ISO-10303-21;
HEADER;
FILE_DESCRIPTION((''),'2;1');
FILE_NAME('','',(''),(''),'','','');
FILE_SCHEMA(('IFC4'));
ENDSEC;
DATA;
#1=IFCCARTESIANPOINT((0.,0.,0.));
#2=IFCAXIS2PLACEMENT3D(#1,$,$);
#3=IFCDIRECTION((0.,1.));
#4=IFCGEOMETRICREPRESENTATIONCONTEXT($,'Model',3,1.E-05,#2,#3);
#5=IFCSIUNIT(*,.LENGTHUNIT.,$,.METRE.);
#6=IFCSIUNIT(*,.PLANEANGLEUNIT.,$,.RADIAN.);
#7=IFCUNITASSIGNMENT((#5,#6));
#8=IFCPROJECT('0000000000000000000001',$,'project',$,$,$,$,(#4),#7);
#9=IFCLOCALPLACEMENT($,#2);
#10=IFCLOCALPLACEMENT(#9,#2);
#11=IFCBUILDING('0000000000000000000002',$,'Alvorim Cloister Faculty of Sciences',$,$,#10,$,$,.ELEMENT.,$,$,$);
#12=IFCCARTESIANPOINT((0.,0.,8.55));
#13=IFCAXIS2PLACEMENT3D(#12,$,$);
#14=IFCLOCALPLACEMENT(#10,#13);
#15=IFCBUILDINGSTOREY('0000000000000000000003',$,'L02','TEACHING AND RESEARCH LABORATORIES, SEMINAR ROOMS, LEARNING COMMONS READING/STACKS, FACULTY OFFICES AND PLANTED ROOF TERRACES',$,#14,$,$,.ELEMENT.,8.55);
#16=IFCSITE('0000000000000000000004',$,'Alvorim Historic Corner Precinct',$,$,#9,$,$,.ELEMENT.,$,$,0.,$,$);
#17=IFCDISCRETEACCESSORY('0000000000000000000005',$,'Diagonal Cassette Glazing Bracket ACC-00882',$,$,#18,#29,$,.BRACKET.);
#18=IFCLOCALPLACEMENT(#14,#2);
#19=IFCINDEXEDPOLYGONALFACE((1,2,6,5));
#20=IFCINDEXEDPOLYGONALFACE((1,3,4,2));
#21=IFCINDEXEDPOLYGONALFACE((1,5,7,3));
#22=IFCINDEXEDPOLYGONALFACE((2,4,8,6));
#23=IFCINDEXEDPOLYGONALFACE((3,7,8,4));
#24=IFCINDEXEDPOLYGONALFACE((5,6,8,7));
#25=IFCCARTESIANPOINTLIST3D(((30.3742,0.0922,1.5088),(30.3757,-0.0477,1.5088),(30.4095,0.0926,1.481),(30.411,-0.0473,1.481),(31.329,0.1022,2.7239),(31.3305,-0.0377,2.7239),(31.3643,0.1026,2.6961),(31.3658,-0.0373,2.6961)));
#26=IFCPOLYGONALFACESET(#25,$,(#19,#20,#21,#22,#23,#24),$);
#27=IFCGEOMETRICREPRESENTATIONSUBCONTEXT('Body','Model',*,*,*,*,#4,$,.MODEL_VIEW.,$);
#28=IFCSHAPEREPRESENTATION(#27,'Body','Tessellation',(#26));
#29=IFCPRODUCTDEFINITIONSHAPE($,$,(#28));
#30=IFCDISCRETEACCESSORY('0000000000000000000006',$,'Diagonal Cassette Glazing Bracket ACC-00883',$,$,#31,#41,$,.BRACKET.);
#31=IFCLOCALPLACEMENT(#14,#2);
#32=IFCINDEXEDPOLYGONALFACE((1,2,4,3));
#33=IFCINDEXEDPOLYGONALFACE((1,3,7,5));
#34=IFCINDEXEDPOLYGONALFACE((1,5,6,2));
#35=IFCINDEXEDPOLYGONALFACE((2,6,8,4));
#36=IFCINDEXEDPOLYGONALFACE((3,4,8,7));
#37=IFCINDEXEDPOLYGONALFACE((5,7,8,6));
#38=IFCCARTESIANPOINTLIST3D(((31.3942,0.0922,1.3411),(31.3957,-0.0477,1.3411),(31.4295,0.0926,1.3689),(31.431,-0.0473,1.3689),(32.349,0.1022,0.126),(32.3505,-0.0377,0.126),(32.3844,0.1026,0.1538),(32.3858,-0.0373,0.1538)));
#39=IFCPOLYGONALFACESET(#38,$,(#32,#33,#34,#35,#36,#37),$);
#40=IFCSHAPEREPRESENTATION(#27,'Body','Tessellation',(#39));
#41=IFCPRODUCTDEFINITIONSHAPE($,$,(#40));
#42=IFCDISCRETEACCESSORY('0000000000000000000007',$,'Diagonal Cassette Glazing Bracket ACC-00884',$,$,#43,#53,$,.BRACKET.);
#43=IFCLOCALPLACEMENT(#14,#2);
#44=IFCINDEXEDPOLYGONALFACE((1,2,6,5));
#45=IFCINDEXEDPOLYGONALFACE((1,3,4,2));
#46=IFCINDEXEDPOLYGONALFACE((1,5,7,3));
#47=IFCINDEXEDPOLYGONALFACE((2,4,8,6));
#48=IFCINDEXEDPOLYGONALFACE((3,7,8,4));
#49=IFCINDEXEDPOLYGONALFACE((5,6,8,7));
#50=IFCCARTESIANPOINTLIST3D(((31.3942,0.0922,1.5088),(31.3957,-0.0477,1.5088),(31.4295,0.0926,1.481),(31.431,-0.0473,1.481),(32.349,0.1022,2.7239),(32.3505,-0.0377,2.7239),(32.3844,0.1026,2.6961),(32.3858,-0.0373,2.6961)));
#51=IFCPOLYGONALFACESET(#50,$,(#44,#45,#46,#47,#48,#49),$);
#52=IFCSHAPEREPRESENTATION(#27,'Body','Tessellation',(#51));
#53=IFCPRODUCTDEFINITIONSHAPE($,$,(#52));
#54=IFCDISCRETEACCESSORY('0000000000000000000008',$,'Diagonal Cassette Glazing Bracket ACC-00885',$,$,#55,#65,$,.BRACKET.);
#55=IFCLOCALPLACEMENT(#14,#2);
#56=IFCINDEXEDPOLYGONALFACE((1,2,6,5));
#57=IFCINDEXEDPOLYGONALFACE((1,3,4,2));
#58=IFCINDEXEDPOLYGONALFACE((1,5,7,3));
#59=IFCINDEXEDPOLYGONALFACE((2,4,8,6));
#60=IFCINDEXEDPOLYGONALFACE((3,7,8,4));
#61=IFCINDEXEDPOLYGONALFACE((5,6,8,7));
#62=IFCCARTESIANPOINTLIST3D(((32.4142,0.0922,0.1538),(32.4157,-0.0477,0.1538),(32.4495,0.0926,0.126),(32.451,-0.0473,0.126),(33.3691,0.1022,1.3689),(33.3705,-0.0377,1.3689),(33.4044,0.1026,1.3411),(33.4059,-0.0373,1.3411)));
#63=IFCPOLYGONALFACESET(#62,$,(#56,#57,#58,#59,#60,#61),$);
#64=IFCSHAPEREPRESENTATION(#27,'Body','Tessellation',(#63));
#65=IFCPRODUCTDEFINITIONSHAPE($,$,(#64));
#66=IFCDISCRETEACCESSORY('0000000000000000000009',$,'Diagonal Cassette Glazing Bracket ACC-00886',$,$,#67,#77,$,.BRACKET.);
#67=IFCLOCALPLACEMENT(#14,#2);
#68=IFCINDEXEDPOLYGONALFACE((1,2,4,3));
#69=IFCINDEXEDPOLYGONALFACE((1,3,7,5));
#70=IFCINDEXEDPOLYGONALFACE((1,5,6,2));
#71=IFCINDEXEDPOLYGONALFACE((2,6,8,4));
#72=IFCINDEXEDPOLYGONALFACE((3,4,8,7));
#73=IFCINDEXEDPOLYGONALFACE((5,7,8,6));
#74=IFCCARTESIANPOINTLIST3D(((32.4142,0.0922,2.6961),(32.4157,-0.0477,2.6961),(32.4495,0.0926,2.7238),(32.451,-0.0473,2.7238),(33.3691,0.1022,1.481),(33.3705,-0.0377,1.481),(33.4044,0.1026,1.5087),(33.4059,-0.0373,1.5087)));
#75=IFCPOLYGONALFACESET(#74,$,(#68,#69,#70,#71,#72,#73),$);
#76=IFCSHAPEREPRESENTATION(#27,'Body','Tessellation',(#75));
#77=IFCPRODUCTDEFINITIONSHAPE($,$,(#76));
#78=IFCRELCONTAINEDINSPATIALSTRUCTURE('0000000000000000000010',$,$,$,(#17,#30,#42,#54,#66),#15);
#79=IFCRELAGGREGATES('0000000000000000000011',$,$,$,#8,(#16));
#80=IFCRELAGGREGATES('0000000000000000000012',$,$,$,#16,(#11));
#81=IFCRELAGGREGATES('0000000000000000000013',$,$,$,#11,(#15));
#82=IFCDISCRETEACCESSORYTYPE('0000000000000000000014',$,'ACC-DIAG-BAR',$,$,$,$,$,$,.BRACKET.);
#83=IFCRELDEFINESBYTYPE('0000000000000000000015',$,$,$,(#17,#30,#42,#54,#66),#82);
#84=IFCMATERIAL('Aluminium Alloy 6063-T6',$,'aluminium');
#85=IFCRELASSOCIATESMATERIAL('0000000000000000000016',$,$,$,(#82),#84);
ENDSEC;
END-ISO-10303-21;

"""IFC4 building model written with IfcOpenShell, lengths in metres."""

from ifc_helpers import new_model, si_unit, direction, frame, origin, origin_2d, place, context, subcontext, project, spatial, rectangle, extrude, material, type_object, element, save


model = new_model("IFC4")

# Units and contexts
model_context = context("Model", 3, precision=1e-05, world=origin(), true_north=direction((0.0, 1.0)))
body_context = subcontext(model_context, "Body", "Model", "MODEL_VIEW")
ifc_project = project(units=[si_unit("LENGTHUNIT", "METRE"), si_unit("PLANEANGLEUNIT", "RADIAN")], contexts=[model_context])

# Site, building, storey
site_placement = place(None, origin())
site = spatial("IfcSite", under=ifc_project, at=site_placement, Name="Alvorim Historic Corner Precinct", CompositionType="ELEMENT", RefElevation=0.0)
building_placement = place(site_placement, origin())
building = spatial("IfcBuilding", under=site, at=building_placement, Name="Alvorim Cloister Faculty of Sciences", CompositionType="ELEMENT")
storey_placement = place(building_placement, frame((0.0, 0.0, 8.55)))
storey = spatial("IfcBuildingStorey", under=building, at=storey_placement, Name="L02", Description="TEACHING AND RESEARCH LABORATORIES, SEMINAR ROOMS, LEARNING COMMONS READING/STACKS, FACULTY OFFICES AND PLANTED ROOF TERRACES", CompositionType="ELEMENT", Elevation=8.55)

# Shared definitions
ifc_material_1 = material(Name="Aluminium Alloy 6063-T6", Category="aluminium")

# Discrete accessories
discrete_accessory_type = type_object("IfcDiscreteAccessoryType", Name="ACC-DIAG-BAR", PredefinedType="BRACKET", material=ifc_material_1)
for number, where, z_axis, x_axis, name in (
    (1, (30.3926, 0.0225, 1.4949), (0.617857, 0.006477, 0.786263), (-0.010483, 0.999945, 0.0), "Diagonal Cassette Glazing Bracket ACC-00882"),
    (2, (31.4126, 0.0225, 1.355), (0.617857, 0.006477, -0.786263), (-0.010483, 0.999945, 0.0), "Diagonal Cassette Glazing Bracket ACC-00883"),
    (3, (31.4126, 0.0225, 1.4949), (0.617857, 0.006477, 0.786263), (-0.010483, 0.999945, 0.0), "Diagonal Cassette Glazing Bracket ACC-00884"),
    (4, (32.4326, 0.0225, 0.1399), (0.617857, 0.006477, 0.786263), (-0.010483, 0.999945, 0.0), "Diagonal Cassette Glazing Bracket ACC-00885"),
    (5, (32.4326, 0.0225, 2.71), (0.617857, 0.006477, -0.786263), (-0.010483, 0.999945, 0.0), "Diagonal Cassette Glazing Bracket ACC-00886"),
):
    element("IfcDiscreteAccessory", number, at=place(storey_placement, frame(where, z_axis=z_axis, x_axis=x_axis)), inside=storey, type_object=discrete_accessory_type, Name=name, PredefinedType="BRACKET", context=body_context, shape_type="SweptSolid", body=[
        extrude(rectangle(XDim=0.1399, YDim=0.0449, at=origin_2d()), origin(), (0.0, 0.0, 1.0), 1.5454),
    ])

save(model, "model.ifc")
